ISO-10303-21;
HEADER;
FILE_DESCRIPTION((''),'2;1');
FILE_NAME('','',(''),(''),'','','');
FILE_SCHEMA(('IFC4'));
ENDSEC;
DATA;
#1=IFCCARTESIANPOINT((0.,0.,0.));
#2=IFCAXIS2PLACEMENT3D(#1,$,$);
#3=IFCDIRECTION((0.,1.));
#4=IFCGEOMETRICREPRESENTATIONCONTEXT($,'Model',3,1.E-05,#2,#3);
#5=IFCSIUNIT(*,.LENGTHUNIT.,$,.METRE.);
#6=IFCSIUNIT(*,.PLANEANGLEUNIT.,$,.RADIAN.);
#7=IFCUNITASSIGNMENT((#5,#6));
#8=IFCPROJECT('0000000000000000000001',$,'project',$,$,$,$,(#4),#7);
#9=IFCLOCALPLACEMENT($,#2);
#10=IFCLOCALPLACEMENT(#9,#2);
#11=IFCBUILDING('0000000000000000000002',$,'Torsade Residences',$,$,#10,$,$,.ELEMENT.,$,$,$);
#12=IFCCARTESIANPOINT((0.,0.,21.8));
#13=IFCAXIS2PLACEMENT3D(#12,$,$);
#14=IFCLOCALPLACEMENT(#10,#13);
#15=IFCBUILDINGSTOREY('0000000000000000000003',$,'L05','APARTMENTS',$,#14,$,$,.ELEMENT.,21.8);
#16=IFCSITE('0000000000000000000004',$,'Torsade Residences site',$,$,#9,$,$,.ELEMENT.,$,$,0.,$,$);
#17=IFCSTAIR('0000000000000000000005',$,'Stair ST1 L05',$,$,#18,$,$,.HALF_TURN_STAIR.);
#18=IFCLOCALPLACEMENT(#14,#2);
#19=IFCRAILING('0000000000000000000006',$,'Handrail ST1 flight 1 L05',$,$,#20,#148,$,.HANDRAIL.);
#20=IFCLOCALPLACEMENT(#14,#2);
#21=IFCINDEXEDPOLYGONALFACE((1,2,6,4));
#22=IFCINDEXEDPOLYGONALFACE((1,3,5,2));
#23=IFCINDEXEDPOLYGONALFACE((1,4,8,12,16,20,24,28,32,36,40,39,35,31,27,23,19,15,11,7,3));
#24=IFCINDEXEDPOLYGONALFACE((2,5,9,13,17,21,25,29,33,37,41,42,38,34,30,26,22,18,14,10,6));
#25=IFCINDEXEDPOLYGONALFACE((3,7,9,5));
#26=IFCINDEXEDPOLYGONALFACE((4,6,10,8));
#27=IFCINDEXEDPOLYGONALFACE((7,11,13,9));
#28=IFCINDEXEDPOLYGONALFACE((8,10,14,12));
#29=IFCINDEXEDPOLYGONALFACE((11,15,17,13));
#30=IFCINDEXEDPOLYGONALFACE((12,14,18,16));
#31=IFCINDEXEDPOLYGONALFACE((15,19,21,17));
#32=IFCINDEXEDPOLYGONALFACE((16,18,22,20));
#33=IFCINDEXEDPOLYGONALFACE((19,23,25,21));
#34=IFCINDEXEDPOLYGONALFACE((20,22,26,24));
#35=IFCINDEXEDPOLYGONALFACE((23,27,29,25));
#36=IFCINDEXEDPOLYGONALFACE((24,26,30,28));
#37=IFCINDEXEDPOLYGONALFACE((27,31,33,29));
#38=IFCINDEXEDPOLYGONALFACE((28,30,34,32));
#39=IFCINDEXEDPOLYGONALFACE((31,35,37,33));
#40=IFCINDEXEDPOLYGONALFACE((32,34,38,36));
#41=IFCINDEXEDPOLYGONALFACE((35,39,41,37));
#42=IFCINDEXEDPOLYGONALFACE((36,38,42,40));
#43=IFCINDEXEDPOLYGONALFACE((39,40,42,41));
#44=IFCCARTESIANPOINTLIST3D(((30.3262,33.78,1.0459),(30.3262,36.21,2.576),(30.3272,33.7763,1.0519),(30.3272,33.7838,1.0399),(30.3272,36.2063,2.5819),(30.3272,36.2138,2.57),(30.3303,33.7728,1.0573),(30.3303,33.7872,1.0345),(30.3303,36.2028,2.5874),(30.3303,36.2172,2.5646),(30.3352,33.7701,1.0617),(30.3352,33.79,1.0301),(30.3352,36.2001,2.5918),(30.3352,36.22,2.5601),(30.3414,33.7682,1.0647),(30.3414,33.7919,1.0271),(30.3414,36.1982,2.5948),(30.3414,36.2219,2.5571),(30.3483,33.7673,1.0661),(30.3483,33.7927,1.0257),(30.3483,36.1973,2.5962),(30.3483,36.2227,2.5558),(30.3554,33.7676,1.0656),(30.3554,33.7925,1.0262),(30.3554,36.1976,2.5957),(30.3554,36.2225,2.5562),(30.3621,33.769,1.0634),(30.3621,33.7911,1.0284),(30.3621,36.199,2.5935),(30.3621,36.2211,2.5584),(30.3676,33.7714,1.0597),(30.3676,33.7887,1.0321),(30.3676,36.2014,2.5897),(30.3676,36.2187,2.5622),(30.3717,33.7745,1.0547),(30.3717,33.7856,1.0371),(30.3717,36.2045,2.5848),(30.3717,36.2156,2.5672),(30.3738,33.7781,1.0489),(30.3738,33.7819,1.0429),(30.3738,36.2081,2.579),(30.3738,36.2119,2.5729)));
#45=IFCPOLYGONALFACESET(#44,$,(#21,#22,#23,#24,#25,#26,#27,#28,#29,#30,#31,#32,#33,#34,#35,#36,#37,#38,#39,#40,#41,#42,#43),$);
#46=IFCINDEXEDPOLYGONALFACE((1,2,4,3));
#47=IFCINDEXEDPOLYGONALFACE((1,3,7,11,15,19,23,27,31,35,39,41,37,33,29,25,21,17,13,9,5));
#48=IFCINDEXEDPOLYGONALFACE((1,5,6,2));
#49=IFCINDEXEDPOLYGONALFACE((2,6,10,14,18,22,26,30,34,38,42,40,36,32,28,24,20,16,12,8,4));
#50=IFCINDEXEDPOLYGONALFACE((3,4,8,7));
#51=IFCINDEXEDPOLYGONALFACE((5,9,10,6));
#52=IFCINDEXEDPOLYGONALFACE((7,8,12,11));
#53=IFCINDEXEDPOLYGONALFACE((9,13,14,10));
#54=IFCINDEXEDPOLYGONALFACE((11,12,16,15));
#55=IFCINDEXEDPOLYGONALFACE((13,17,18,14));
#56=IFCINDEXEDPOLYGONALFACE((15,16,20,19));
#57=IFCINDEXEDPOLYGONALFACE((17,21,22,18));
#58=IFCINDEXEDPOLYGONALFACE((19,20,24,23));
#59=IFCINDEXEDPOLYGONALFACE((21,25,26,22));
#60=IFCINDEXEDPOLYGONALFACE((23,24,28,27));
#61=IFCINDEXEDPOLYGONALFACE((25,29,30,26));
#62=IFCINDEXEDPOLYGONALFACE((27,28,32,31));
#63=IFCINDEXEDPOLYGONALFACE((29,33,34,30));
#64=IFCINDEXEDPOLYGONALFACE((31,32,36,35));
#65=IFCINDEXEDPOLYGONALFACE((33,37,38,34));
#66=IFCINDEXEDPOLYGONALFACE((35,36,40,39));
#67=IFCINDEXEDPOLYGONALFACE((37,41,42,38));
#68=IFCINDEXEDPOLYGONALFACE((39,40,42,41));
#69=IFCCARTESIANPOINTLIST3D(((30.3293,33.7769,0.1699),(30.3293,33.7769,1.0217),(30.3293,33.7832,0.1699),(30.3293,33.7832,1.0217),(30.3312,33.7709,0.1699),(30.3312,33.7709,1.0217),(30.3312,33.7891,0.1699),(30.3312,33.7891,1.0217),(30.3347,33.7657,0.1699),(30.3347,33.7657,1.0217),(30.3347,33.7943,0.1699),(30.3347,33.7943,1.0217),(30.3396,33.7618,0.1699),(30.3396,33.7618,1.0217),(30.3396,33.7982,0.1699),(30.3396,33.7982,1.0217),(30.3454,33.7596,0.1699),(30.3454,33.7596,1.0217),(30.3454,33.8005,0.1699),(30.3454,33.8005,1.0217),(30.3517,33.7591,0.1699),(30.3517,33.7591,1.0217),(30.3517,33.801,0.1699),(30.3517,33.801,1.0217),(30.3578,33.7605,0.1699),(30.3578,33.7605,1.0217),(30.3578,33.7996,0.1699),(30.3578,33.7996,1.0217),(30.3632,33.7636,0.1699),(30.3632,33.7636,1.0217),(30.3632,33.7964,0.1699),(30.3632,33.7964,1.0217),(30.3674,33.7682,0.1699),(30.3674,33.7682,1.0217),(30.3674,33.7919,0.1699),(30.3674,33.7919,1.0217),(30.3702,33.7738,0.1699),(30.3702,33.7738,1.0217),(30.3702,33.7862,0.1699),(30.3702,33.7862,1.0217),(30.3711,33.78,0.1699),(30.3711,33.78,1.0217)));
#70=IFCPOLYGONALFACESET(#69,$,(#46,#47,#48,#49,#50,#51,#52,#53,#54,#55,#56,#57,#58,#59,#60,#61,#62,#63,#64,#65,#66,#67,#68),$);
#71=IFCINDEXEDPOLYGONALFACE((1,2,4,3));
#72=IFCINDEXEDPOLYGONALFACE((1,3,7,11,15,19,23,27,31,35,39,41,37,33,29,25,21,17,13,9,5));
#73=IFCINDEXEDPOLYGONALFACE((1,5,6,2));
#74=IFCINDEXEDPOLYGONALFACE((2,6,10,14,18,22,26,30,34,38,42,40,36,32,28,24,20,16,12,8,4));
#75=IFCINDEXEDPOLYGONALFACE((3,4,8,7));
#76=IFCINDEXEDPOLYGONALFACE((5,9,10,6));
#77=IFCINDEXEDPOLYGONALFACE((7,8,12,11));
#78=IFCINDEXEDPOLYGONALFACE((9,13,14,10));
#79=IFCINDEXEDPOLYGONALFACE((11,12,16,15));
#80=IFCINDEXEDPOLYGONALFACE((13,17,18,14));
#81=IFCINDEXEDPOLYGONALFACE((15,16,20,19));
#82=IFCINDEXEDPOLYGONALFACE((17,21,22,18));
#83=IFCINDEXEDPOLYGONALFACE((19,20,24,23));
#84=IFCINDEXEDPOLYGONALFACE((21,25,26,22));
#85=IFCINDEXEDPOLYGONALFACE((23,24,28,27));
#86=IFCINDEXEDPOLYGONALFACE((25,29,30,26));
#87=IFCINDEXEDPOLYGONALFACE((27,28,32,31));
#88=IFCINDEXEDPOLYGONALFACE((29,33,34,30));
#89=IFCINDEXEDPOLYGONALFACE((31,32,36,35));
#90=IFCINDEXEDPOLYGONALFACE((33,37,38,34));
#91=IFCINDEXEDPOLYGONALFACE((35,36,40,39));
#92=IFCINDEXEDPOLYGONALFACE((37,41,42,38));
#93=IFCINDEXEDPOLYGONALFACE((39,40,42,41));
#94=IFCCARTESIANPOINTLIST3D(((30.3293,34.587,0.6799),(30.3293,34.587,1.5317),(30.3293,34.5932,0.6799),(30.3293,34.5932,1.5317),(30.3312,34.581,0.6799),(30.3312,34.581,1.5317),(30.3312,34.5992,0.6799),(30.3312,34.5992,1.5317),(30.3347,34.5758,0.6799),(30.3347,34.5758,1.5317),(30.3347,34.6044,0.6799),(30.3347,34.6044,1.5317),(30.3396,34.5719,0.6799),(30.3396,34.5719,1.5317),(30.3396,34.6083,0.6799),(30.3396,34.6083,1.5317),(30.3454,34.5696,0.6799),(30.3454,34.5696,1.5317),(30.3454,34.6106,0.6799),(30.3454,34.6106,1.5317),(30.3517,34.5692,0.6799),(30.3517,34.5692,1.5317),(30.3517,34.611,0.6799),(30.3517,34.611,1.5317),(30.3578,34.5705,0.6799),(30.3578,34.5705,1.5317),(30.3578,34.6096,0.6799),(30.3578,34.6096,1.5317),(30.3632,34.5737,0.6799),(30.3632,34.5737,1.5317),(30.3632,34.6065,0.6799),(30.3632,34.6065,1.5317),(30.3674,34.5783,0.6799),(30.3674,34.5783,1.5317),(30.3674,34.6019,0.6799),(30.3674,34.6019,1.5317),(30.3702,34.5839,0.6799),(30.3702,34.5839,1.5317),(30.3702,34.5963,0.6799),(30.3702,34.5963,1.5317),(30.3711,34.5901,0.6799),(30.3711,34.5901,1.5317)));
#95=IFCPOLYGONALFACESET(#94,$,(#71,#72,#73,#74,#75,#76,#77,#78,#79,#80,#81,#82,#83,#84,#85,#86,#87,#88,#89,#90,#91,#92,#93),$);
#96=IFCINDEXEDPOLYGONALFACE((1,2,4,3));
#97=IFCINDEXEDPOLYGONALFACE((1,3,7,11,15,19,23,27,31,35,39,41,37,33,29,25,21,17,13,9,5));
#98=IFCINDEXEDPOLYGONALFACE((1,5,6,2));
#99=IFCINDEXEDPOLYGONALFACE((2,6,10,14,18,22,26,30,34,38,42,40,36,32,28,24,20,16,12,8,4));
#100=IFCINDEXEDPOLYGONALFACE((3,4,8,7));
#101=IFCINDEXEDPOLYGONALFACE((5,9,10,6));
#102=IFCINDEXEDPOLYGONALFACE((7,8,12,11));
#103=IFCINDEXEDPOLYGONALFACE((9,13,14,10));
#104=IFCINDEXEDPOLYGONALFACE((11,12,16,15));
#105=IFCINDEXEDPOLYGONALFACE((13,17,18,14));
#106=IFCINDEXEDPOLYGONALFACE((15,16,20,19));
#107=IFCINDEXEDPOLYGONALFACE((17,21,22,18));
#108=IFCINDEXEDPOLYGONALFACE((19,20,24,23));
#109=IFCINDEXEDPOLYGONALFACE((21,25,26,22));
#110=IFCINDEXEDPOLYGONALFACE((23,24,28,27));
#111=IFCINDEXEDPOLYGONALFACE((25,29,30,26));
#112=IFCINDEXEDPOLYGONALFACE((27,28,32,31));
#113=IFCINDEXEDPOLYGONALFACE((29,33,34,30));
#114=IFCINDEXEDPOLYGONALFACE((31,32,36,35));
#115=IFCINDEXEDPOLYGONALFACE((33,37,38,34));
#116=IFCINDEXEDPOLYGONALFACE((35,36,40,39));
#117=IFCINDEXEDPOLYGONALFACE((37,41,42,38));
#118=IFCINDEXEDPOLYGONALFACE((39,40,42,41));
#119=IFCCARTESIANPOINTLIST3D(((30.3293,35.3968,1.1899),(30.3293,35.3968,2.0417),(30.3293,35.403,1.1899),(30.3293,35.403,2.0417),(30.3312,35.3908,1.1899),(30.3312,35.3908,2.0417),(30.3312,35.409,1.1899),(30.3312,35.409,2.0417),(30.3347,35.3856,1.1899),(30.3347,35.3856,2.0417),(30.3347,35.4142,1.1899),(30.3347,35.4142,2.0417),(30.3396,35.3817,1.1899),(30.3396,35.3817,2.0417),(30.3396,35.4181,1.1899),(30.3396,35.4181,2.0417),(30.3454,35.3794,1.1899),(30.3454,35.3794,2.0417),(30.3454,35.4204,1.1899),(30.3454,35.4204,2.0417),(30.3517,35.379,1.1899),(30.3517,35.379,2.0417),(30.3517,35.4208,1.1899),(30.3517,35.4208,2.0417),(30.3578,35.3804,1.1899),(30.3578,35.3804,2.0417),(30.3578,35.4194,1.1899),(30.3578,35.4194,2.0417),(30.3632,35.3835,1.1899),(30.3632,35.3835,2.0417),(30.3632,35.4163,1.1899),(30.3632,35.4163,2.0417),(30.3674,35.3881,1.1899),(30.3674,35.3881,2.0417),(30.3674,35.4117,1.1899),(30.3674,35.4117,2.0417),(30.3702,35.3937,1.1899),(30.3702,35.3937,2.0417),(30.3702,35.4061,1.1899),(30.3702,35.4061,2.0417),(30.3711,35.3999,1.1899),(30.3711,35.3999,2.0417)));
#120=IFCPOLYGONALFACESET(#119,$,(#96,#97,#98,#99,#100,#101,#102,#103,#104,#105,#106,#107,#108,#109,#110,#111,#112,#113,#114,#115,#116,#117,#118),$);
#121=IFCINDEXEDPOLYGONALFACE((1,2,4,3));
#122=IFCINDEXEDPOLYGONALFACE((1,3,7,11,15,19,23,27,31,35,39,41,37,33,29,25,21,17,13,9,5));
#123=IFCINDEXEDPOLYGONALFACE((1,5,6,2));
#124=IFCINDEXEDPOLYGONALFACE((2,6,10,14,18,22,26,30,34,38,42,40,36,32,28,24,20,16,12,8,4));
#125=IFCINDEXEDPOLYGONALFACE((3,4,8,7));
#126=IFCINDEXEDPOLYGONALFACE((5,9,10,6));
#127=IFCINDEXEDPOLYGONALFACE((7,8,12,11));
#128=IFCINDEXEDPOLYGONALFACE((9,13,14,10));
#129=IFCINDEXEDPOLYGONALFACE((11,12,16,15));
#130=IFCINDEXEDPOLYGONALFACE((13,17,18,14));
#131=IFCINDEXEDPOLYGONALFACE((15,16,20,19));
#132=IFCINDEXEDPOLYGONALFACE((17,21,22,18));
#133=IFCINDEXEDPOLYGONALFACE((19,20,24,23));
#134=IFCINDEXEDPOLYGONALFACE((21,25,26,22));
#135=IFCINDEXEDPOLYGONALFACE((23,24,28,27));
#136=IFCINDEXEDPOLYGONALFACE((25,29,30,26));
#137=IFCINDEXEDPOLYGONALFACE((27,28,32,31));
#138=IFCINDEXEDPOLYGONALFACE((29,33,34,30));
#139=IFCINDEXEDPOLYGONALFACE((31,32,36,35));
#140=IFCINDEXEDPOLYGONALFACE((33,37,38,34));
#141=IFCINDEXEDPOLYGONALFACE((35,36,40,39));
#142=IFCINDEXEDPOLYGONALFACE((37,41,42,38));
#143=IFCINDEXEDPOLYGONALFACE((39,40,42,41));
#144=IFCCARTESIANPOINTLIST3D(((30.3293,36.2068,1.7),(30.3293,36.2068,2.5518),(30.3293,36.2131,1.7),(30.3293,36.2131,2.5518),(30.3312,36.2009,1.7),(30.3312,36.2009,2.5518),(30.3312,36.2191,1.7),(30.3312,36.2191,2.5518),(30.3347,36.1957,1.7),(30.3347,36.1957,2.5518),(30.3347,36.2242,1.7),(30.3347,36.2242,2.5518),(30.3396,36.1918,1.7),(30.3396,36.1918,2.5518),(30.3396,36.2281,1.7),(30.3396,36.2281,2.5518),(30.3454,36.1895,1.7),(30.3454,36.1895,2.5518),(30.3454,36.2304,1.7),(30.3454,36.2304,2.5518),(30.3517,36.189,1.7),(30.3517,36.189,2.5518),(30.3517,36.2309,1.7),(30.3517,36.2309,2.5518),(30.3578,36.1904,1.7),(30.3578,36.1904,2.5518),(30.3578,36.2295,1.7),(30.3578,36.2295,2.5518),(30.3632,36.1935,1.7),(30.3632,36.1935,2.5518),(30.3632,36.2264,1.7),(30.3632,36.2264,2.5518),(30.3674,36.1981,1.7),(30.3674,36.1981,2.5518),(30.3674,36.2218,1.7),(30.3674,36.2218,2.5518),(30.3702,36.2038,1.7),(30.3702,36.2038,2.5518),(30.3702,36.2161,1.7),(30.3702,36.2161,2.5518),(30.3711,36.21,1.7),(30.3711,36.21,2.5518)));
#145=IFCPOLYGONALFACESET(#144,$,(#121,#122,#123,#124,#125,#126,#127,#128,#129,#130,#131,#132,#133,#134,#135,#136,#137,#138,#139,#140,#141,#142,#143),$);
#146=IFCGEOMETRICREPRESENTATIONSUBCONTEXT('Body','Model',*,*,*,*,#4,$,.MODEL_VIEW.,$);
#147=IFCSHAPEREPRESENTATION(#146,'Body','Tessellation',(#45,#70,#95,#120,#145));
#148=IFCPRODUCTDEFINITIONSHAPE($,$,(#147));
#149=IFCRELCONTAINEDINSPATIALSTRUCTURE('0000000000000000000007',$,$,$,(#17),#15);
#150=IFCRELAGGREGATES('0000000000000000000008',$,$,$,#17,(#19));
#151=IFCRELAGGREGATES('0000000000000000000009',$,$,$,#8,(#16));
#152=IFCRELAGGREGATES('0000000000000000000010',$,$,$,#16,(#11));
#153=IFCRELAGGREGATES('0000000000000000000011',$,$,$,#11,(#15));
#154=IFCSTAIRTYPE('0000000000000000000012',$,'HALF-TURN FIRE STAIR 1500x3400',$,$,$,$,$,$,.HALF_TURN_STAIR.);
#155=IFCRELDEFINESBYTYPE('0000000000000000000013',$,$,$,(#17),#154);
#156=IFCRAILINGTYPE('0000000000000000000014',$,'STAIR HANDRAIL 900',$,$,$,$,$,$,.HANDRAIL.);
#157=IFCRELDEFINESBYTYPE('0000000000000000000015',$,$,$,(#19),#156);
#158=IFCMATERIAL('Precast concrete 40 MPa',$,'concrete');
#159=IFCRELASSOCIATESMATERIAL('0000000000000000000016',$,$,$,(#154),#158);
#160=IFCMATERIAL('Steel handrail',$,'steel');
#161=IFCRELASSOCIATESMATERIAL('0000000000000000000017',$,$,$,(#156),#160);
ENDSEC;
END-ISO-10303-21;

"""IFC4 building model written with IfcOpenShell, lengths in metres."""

from ifc_helpers import new_model, si_unit, direction, frame, origin, origin_2d, place, context, subcontext, project, spatial, circle, extrude, material, type_object, element, aggregate, save


model = new_model("IFC4")

# Units and contexts
model_context = context("Model", 3, precision=1e-05, world=origin(), true_north=direction((0.0, 1.0)))
body_context = subcontext(model_context, "Body", "Model", "MODEL_VIEW")
ifc_project = project(units=[si_unit("LENGTHUNIT", "METRE"), si_unit("PLANEANGLEUNIT", "RADIAN")], contexts=[model_context])

# Site, building, storey
site_placement = place(None, origin())
site = spatial("IfcSite", under=ifc_project, at=site_placement, Name="Torsade Residences site", CompositionType="ELEMENT", RefElevation=0.0)
building_placement = place(site_placement, origin())
building = spatial("IfcBuilding", under=site, at=building_placement, Name="Torsade Residences", CompositionType="ELEMENT")
storey_placement = place(building_placement, frame((0.0, 0.0, 21.8)))
storey = spatial("IfcBuildingStorey", under=building, at=storey_placement, Name="L05", Description="APARTMENTS", CompositionType="ELEMENT", Elevation=21.8)

# Stair, railing
ifc_material_1 = material(Name="Precast concrete 40 MPa", Category="concrete")
stair_type = type_object("IfcStairType", Name="HALF-TURN FIRE STAIR 1500x3400", PredefinedType="HALF_TURN_STAIR", material=ifc_material_1)
stair_placement = place(storey_placement, origin())
stair = element("IfcStair", 1, at=stair_placement, inside=storey, type_object=stair_type, Name="Stair ST1 L05", PredefinedType="HALF_TURN_STAIR")
ifc_material_2 = material(Name="Steel handrail", Category="steel")
railing_type = type_object("IfcRailingType", Name="STAIR HANDRAIL 900", PredefinedType="HANDRAIL", material=ifc_material_2)
railing_1_placement = place(storey_placement, frame((30.3501, 33.78, 0.1699)))
railing_1 = element("IfcRailing", 2, at=railing_1_placement, type_object=railing_type, Name="Handrail ST1 flight 1 L05", PredefinedType="HANDRAIL", context=body_context, shape_type="SweptSolid", body=[
    extrude(circle(Radius=0.0239, at=origin_2d()), frame((0.0, 0.0, 0.876), z_axis=(0.0, 0.846221, 0.532831), x_axis=(-1.0, 0.0, 0.0)), (0.0, 0.0, 1.0), 2.8716),
    extrude(circle(Radius=0.021, at=origin_2d()), origin(), (0.0, 0.0, 1.0), 0.8518),
    extrude(circle(Radius=0.021, at=origin_2d()), frame((0.0, 0.8101, 0.51)), (0.0, 0.0, 1.0), 0.8518),
    extrude(circle(Radius=0.021, at=origin_2d()), frame((0.0, 1.6199, 1.02)), (0.0, 0.0, 1.0), 0.8518),
    extrude(circle(Radius=0.021, at=origin_2d()), frame((0.0, 2.4299, 1.53)), (0.0, 0.0, 1.0), 0.8518),
])
aggregate(stair, [railing_1])

save(model, "model.ifc")
